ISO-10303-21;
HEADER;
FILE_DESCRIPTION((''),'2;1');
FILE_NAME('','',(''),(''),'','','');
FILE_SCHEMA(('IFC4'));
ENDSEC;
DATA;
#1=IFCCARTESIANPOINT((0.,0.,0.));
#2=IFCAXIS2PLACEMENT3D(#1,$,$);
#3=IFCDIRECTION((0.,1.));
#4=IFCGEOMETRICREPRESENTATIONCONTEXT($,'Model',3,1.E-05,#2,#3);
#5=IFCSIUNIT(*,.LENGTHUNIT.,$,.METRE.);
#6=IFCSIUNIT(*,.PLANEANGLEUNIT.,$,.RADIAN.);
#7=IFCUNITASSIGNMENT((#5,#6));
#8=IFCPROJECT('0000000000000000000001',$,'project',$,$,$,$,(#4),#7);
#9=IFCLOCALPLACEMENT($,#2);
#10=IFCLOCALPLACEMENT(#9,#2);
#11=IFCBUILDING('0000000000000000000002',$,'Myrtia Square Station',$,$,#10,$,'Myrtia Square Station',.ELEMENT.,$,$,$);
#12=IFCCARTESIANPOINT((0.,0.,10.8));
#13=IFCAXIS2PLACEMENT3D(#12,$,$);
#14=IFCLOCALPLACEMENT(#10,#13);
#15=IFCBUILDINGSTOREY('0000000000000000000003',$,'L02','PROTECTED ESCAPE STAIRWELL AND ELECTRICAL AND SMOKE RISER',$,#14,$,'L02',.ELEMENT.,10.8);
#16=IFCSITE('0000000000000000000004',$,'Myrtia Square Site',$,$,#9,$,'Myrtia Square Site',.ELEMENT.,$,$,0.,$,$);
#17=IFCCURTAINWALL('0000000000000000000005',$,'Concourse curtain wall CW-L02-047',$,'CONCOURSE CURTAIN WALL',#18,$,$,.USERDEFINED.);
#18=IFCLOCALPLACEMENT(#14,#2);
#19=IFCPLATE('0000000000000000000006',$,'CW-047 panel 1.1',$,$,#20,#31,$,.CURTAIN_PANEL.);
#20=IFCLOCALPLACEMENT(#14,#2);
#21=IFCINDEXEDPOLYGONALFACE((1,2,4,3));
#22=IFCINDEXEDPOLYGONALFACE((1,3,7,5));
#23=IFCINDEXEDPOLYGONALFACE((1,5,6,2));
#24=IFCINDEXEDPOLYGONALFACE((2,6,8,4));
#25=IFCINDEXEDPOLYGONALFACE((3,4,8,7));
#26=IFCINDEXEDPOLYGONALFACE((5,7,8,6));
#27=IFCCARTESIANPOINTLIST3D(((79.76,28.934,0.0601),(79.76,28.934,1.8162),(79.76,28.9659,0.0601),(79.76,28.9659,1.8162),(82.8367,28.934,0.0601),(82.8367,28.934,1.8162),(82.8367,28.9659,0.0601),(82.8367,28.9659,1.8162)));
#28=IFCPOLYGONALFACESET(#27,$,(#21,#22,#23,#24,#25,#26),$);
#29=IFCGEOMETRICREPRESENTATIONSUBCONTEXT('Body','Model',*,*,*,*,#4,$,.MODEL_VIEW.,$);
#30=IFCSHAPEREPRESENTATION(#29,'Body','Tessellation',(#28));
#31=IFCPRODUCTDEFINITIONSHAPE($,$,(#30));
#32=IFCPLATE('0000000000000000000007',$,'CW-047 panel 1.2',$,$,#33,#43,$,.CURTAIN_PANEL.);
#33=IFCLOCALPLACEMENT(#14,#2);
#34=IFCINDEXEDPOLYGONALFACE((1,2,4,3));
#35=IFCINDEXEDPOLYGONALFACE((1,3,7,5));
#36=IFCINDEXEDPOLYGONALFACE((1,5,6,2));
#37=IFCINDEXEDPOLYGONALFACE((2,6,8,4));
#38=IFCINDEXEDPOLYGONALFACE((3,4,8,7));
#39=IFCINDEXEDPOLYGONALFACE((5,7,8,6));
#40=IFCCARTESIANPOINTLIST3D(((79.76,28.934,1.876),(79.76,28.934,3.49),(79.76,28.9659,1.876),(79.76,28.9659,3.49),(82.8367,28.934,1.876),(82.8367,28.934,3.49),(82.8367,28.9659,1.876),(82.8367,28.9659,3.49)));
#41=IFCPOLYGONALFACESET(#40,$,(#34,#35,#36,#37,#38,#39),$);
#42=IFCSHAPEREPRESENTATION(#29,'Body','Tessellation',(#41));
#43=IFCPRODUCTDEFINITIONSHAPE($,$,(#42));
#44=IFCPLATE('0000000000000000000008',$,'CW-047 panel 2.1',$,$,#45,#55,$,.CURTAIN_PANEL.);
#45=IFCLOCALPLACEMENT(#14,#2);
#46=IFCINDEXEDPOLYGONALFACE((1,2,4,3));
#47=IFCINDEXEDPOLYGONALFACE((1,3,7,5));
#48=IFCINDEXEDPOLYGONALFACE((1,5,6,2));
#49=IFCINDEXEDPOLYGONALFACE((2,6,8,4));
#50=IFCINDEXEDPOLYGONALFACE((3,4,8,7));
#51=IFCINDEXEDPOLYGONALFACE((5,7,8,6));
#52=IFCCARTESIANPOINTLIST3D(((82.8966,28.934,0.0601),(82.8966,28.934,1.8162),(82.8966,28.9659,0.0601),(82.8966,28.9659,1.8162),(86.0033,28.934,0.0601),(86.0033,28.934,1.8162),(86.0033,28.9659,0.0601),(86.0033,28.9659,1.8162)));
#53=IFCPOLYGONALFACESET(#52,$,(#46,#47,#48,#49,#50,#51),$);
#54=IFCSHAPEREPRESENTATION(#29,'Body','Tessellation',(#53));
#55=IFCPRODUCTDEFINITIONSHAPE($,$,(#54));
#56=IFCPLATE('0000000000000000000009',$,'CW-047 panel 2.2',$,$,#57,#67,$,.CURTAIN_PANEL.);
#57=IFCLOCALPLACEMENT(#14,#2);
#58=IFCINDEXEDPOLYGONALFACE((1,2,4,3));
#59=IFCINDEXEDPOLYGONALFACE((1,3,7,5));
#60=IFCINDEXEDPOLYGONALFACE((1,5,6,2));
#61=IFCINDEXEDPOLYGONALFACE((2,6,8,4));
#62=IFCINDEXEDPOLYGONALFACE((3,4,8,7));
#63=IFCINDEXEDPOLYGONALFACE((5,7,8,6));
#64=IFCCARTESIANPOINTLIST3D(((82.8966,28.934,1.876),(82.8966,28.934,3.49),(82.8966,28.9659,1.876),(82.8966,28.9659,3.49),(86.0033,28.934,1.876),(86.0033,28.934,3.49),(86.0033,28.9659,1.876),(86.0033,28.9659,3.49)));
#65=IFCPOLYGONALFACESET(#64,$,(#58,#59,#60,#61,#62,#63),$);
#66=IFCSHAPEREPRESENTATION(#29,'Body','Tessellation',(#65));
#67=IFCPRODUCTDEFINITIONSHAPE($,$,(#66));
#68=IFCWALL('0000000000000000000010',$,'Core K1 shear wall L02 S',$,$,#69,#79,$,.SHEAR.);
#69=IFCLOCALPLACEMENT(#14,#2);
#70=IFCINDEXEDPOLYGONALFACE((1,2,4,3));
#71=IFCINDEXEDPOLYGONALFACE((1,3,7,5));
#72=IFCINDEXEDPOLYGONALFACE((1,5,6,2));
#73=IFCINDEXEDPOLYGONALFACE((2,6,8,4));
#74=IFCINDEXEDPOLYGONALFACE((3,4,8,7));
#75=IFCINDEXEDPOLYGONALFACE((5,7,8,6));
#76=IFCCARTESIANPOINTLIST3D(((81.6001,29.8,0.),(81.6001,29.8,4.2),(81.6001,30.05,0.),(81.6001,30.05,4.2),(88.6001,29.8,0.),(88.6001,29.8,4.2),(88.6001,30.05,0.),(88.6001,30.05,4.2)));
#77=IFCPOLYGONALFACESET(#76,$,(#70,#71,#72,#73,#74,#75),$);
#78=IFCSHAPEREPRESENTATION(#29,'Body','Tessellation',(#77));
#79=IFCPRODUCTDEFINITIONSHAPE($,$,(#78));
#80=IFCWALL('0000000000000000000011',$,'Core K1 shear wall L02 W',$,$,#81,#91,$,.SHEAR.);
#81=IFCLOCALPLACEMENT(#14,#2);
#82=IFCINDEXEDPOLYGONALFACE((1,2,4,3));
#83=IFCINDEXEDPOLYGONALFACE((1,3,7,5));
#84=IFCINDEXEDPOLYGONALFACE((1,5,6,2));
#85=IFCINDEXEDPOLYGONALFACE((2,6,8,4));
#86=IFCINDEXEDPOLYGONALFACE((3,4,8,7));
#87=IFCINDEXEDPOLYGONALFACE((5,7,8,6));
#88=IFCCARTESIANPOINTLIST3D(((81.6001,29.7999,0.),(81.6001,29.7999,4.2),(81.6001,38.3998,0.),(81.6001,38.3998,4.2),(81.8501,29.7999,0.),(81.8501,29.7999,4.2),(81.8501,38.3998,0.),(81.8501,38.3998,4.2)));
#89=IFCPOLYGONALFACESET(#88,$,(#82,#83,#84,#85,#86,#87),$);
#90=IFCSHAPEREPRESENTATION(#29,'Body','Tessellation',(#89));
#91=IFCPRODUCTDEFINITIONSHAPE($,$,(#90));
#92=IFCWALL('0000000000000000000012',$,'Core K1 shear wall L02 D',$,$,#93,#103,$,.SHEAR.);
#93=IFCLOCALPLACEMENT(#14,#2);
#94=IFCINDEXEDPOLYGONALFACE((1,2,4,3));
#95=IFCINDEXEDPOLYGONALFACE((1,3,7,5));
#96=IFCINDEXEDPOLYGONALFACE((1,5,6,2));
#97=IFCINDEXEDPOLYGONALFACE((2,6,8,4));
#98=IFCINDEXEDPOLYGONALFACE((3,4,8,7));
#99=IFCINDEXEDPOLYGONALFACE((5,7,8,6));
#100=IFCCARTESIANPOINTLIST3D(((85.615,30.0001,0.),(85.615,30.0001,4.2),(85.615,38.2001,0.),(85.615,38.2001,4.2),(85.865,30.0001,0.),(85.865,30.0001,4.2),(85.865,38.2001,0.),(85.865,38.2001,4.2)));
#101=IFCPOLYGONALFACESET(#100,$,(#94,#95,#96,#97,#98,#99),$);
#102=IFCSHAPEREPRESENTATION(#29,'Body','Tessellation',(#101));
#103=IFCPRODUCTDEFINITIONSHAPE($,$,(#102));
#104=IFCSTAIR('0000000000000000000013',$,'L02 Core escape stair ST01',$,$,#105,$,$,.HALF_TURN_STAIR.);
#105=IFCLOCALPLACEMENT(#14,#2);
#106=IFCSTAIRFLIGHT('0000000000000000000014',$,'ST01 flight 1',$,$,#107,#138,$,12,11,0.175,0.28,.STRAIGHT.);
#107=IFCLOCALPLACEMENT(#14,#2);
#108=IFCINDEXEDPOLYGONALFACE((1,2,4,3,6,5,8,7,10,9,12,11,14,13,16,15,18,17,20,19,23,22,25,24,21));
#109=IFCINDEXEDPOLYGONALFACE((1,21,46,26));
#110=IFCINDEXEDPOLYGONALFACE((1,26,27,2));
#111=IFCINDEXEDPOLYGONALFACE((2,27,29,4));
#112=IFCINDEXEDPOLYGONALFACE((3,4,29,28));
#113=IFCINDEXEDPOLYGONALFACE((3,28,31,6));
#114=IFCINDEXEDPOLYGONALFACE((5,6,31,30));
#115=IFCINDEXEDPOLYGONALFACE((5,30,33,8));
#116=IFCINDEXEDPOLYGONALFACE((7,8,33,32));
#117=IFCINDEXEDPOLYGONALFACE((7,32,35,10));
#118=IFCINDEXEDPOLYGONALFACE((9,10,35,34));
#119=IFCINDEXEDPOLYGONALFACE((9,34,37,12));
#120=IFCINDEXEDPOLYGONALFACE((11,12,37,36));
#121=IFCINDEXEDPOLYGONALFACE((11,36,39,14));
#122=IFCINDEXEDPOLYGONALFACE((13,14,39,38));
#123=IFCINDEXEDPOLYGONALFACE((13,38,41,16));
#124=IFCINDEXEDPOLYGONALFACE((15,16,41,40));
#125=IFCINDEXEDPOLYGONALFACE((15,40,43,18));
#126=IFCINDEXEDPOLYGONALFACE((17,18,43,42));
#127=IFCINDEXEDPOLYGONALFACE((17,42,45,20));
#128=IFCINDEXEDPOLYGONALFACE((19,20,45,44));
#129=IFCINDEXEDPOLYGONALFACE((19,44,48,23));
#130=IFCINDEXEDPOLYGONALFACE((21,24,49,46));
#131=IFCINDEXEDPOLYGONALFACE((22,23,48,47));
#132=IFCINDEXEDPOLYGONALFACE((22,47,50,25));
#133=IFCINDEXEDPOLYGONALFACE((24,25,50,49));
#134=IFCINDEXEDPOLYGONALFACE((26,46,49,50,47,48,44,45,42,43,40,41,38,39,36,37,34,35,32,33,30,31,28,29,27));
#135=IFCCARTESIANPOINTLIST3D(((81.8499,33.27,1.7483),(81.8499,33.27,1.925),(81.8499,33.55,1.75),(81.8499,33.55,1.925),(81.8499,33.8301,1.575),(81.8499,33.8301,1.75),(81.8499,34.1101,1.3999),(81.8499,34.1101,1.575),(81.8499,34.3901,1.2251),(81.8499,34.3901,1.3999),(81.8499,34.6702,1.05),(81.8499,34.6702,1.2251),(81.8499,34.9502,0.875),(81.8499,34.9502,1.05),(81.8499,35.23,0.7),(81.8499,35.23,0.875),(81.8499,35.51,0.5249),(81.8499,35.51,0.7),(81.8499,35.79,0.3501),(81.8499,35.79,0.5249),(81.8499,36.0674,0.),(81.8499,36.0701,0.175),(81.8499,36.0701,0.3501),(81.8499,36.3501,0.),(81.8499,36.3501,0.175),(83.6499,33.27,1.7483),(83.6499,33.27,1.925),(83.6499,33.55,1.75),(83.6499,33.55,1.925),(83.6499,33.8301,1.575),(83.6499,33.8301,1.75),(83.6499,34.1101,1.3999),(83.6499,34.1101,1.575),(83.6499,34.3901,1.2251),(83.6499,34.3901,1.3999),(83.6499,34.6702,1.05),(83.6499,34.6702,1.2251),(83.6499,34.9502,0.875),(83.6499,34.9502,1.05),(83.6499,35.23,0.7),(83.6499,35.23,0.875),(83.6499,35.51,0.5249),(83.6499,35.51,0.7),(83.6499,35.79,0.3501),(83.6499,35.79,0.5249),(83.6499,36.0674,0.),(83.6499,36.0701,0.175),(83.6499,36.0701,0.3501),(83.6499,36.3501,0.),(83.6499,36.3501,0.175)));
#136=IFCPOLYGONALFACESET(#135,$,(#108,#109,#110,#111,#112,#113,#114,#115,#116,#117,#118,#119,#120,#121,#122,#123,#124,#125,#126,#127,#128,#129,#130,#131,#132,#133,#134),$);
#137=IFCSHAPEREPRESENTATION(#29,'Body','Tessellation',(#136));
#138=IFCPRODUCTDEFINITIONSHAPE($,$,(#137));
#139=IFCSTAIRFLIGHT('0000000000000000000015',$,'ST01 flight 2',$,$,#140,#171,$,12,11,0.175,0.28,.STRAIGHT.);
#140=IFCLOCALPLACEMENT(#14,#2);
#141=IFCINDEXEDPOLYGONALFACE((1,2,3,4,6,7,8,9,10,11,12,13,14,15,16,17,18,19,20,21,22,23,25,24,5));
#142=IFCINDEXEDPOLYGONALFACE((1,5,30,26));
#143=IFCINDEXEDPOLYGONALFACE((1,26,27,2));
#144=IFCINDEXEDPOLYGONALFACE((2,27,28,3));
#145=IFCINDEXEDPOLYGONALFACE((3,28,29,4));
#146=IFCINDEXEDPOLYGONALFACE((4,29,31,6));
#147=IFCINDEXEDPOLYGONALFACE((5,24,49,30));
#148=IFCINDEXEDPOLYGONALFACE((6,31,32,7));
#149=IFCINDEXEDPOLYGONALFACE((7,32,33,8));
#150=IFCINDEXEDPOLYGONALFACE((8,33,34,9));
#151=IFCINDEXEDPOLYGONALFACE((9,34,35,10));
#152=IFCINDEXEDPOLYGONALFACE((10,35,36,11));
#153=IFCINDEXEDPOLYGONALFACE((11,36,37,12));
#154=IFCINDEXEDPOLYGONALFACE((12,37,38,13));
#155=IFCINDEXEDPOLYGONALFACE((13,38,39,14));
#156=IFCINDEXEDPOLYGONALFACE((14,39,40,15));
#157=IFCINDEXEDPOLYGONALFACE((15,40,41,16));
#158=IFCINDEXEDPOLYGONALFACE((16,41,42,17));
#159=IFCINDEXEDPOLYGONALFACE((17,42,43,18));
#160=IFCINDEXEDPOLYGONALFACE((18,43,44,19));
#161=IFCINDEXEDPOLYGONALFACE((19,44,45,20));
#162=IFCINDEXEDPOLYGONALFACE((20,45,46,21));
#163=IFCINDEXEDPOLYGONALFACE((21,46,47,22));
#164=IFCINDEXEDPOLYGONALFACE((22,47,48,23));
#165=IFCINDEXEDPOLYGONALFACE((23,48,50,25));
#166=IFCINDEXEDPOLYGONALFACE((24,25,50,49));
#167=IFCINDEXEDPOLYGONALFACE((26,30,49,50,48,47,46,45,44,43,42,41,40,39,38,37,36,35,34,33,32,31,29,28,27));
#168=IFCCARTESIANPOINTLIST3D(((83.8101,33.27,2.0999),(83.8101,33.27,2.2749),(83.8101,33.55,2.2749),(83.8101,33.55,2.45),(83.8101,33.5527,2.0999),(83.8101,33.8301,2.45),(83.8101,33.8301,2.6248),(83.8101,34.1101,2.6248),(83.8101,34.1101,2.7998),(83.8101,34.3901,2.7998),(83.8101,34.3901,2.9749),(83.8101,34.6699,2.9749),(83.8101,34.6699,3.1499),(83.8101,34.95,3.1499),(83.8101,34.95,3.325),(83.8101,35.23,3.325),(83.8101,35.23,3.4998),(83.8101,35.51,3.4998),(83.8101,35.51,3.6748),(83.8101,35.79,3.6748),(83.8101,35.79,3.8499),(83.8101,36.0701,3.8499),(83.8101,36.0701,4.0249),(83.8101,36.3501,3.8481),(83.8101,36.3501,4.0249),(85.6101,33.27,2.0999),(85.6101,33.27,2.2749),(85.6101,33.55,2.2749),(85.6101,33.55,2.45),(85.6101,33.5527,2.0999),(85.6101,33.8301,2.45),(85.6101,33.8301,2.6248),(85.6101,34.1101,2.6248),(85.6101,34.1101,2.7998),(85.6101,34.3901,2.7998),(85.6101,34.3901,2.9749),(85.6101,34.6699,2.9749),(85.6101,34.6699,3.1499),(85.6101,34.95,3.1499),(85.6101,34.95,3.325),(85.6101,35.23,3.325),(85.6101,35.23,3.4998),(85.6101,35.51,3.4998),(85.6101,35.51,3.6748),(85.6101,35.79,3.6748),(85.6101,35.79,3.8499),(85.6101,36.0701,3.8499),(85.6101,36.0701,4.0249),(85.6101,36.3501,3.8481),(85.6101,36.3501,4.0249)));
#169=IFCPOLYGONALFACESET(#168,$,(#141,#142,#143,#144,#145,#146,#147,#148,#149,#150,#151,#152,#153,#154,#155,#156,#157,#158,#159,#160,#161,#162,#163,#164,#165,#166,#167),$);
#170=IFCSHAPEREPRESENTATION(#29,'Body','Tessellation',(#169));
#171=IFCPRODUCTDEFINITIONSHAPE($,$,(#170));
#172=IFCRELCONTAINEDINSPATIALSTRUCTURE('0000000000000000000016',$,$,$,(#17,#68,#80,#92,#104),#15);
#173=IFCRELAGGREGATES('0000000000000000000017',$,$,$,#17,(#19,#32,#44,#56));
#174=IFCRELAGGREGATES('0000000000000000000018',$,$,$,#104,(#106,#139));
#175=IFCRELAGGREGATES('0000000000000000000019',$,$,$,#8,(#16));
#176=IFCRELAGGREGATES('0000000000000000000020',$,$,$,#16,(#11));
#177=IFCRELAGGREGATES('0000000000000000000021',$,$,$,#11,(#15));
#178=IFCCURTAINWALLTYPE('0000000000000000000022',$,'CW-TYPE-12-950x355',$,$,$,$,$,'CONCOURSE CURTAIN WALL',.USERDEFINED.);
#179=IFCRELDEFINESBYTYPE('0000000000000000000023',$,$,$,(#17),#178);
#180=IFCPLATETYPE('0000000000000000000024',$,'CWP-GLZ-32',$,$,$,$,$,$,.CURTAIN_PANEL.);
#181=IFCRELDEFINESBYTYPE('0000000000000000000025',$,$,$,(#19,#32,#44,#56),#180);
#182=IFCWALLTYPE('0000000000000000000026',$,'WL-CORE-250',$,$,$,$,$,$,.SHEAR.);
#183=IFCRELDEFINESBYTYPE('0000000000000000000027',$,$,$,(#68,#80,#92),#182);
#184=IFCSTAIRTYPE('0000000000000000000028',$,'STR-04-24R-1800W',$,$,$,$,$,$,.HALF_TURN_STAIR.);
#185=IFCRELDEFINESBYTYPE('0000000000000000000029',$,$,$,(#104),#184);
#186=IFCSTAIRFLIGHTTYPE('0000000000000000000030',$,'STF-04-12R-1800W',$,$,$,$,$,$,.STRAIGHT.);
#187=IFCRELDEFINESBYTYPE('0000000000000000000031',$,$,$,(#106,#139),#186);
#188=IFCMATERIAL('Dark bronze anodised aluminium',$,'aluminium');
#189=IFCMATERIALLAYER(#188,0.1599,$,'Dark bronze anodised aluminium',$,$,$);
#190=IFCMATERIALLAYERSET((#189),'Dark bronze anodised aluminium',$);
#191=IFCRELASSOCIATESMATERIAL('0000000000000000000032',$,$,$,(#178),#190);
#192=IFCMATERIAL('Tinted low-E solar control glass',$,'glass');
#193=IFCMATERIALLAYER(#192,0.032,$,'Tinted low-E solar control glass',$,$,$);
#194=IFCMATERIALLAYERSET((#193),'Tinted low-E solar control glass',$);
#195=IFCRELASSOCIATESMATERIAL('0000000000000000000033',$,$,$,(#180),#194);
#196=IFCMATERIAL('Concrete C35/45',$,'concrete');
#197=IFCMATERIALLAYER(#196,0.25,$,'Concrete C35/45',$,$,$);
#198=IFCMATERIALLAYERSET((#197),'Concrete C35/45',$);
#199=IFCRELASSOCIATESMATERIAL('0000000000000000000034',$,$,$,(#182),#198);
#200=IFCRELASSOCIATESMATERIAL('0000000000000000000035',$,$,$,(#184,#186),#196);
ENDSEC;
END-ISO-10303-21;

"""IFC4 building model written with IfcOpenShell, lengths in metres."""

from ifc_helpers import new_model, si_unit, direction, frame, frame_2d, origin, origin_2d, place, context, subcontext, project, spatial, polyline, rectangle, outline, extrude, material, layer, layer_set, type_object, element, aggregate, save


model = new_model("IFC4")

# Units and contexts
model_context = context("Model", 3, precision=1e-05, world=origin(), true_north=direction((0.0, 1.0)))
body_context = subcontext(model_context, "Body", "Model", "MODEL_VIEW")
ifc_project = project(units=[si_unit("LENGTHUNIT", "METRE"), si_unit("PLANEANGLEUNIT", "RADIAN")], contexts=[model_context])

# Site, building, storey
site_placement = place(None, origin())
site = spatial("IfcSite", under=ifc_project, at=site_placement, Name="Myrtia Square Site", LongName="Myrtia Square Site", CompositionType="ELEMENT", RefElevation=0.0)
building_placement = place(site_placement, origin())
building = spatial("IfcBuilding", under=site, at=building_placement, Name="Myrtia Square Station", LongName="Myrtia Square Station", CompositionType="ELEMENT")
storey_placement = place(building_placement, frame((0.0, 0.0, 10.8)))
storey = spatial("IfcBuildingStorey", under=building, at=storey_placement, Name="L02", Description="PROTECTED ESCAPE STAIRWELL AND ELECTRICAL AND SMOKE RISER", LongName="L02", CompositionType="ELEMENT", Elevation=10.8)

# Curtain wall, plates
ifc_material_1 = material(Name="Dark bronze anodised aluminium", Category="aluminium")
ifc_layer_1 = layer(ifc_material_1, 0.1599, Name="Dark bronze anodised aluminium")
ifc_layer_set_1 = layer_set([ifc_layer_1], Name="Dark bronze anodised aluminium")
curtain_wall_type = type_object("IfcCurtainWallType", Name="CW-TYPE-12-950x355", ElementType="CONCOURSE CURTAIN WALL", PredefinedType="USERDEFINED", material=ifc_layer_set_1)
curtain_wall_placement = place(storey_placement, origin())
curtain_wall = element("IfcCurtainWall", 1, at=curtain_wall_placement, inside=storey, type_object=curtain_wall_type, Name="Concourse curtain wall CW-L02-047", ObjectType="CONCOURSE CURTAIN WALL", PredefinedType="USERDEFINED")
ifc_material_2 = material(Name="Tinted low-E solar control glass", Category="glass")
ifc_layer_2 = layer(ifc_material_2, 0.032, Name="Tinted low-E solar control glass")
ifc_layer_set_2 = layer_set([ifc_layer_2], Name="Tinted low-E solar control glass")
plate_type = type_object("IfcPlateType", Name="CWP-GLZ-32", PredefinedType="CURTAIN_PANEL", material=ifc_layer_set_2)
plate_1_placement = place(storey_placement, frame((81.2983, 28.95, 0.0601), z_axis=(0.0, 0.0, 1.0), x_axis=(1.0, 0.0, 0.0)))
plate_1 = element("IfcPlate", 2, at=plate_1_placement, type_object=plate_type, Name="CW-047 panel 1.1", PredefinedType="CURTAIN_PANEL", context=body_context, shape_type="SweptSolid", body=[
    extrude(rectangle(XDim=3.0767, YDim=0.032, at=origin_2d()), origin(), (0.0, 0.0, 1.0), 1.7561),
])
plate_2_placement = place(storey_placement, frame((81.2983, 28.95, 1.876), z_axis=(0.0, 0.0, 1.0), x_axis=(1.0, 0.0, 0.0)))
plate_2 = element("IfcPlate", 3, at=plate_2_placement, type_object=plate_type, Name="CW-047 panel 1.2", PredefinedType="CURTAIN_PANEL", context=body_context, shape_type="SweptSolid", body=[
    extrude(rectangle(XDim=3.0767, YDim=0.032, at=origin_2d()), origin(), (0.0, 0.0, 1.0), 1.614),
])
plate_3_placement = place(storey_placement, frame((84.45, 28.95, 0.0601), z_axis=(0.0, 0.0, 1.0), x_axis=(1.0, 0.0, 0.0)))
plate_3 = element("IfcPlate", 4, at=plate_3_placement, type_object=plate_type, Name="CW-047 panel 2.1", PredefinedType="CURTAIN_PANEL", context=body_context, shape_type="SweptSolid", body=[
    extrude(rectangle(XDim=3.1067, YDim=0.032, at=origin_2d()), origin(), (0.0, 0.0, 1.0), 1.7561),
])
plate_4_placement = place(storey_placement, frame((84.45, 28.95, 1.876), z_axis=(0.0, 0.0, 1.0), x_axis=(1.0, 0.0, 0.0)))
plate_4 = element("IfcPlate", 5, at=plate_4_placement, type_object=plate_type, Name="CW-047 panel 2.2", PredefinedType="CURTAIN_PANEL", context=body_context, shape_type="SweptSolid", body=[
    extrude(rectangle(XDim=3.1067, YDim=0.032, at=origin_2d()), origin(), (0.0, 0.0, 1.0), 1.614),
])
aggregate(curtain_wall, [plate_1, plate_2, plate_3, plate_4])

# Walls
ifc_material_3 = material(Name="Concrete C35/45", Category="concrete")
ifc_layer_3 = layer(ifc_material_3, 0.25, Name="Concrete C35/45")
ifc_layer_set_3 = layer_set([ifc_layer_3], Name="Concrete C35/45")
wall_type = type_object("IfcWallType", Name="WL-CORE-250", PredefinedType="SHEAR", material=ifc_layer_set_3)
wall_1_placement = place(storey_placement, frame((81.6001, 29.925, 0.0), z_axis=(0.0, 0.0, 1.0), x_axis=(1.0, 0.0, 0.0)))
element("IfcWall", 6, at=wall_1_placement, inside=storey, type_object=wall_type, Name="Core K1 shear wall L02 S", PredefinedType="SHEAR", context=body_context, shape_type="SweptSolid", body=[
    extrude(rectangle(XDim=7.0, YDim=0.25, at=frame_2d((3.5, 0.0))), origin(), (0.0, 0.0, 1.0), 4.2),
])
wall_2_placement = place(storey_placement, frame((81.7251, 29.8, 0.0), z_axis=(0.0, 0.0, 1.0), x_axis=(0.0, 1.0, 0.0)))
element("IfcWall", 7, at=wall_2_placement, inside=storey, type_object=wall_type, Name="Core K1 shear wall L02 W", PredefinedType="SHEAR", context=body_context, shape_type="SweptSolid", body=[
    extrude(rectangle(XDim=8.5999, YDim=0.25, at=frame_2d((4.2998, 0.0))), origin(), (0.0, 0.0, 1.0), 4.2),
])
wall_3_placement = place(storey_placement, frame((85.74, 30.0, 0.0), z_axis=(0.0, 0.0, 1.0), x_axis=(0.0, 1.0, 0.0)))
element("IfcWall", 8, at=wall_3_placement, inside=storey, type_object=wall_type, Name="Core K1 shear wall L02 D", PredefinedType="SHEAR", context=body_context, shape_type="SweptSolid", body=[
    extrude(rectangle(XDim=8.2, YDim=0.25, at=frame_2d((4.1001, 0.0))), origin(), (0.0, 0.0, 1.0), 4.2),
])

# Stair, stair flights
stair_type = type_object("IfcStairType", Name="STR-04-24R-1800W", PredefinedType="HALF_TURN_STAIR", material=ifc_material_3)
stair_placement = place(storey_placement, origin())
stair = element("IfcStair", 9, at=stair_placement, inside=storey, type_object=stair_type, Name="L02 Core escape stair ST01", PredefinedType="HALF_TURN_STAIR")
stair_flight_type = type_object("IfcStairFlightType", Name="STF-04-12R-1800W", PredefinedType="STRAIGHT", material=ifc_material_3)
stair_flight_1_placement = place(storey_placement, frame((82.75, 36.3501, 0.0), z_axis=(0.0, 0.0, 1.0), x_axis=(0.0, -1.0, 0.0)))
stair_flight_1 = element("IfcStairFlight", 10, at=stair_flight_1_placement, type_object=stair_flight_type, Name="ST01 flight 1", NumberOfRisers=12, NumberOfTreads=11, PredefinedType="STRAIGHT", RiserHeight=0.175, TreadLength=0.28, context=body_context, shape_type="SweptSolid", body=[
    extrude(outline(polyline([(0.0, 0.0), (0.0, 0.175), (0.28, 0.175), (0.28, 0.3501), (0.5601, 0.3501), (0.5601, 0.5249), (0.8401, 0.5249), (0.8401, 0.7), (1.1201, 0.7), (1.1201, 0.875), (1.3999, 0.875), (1.3999, 1.05), (1.6799, 1.05), (1.6799, 1.2251), (1.96, 1.2251), (1.96, 1.3999), (2.24, 1.3999), (2.24, 1.575), (2.52, 1.575), (2.52, 1.75), (2.8, 1.75), (2.8, 1.925), (3.0801, 1.925), (3.0801, 2.1001), (3.0801, 1.7483), (0.2827, 0.0), (0.0, 0.0)])), frame((0.0, 0.8999, 0.0), z_axis=(0.0, -1.0, 0.0), x_axis=(1.0, 0.0, 0.0)), (0.0, 0.0, 1.0), 1.8),
])
stair_flight_2_placement = place(storey_placement, frame((84.71, 33.27, 2.0999), z_axis=(0.0, 0.0, 1.0), x_axis=(0.0, 1.0, 0.0)))
stair_flight_2 = element("IfcStairFlight", 11, at=stair_flight_2_placement, type_object=stair_flight_type, Name="ST01 flight 2", NumberOfRisers=12, NumberOfTreads=11, PredefinedType="STRAIGHT", RiserHeight=0.175, TreadLength=0.28, context=body_context, shape_type="SweptSolid", body=[
    extrude(outline(polyline([(0.0, 0.0), (0.0, 0.175), (0.28, 0.175), (0.28, 0.3501), (0.5601, 0.3501), (0.5601, 0.5249), (0.8401, 0.5249), (0.8401, 0.7), (1.1201, 0.7), (1.1201, 0.875), (1.3999, 0.875), (1.3999, 1.05), (1.6799, 1.05), (1.6799, 1.2251), (1.96, 1.2251), (1.96, 1.3999), (2.24, 1.3999), (2.24, 1.575), (2.52, 1.575), (2.52, 1.75), (2.8, 1.75), (2.8, 1.925), (3.0801, 1.925), (3.0801, 2.1001), (3.0801, 1.7483), (0.2827, 0.0), (0.0, 0.0)])), frame((0.0, 0.8999, 0.0), z_axis=(0.0, -1.0, 0.0), x_axis=(1.0, 0.0, 0.0)), (0.0, 0.0, 1.0), 1.8),
])
aggregate(stair, [stair_flight_1, stair_flight_2])

save(model, "model.ifc")
